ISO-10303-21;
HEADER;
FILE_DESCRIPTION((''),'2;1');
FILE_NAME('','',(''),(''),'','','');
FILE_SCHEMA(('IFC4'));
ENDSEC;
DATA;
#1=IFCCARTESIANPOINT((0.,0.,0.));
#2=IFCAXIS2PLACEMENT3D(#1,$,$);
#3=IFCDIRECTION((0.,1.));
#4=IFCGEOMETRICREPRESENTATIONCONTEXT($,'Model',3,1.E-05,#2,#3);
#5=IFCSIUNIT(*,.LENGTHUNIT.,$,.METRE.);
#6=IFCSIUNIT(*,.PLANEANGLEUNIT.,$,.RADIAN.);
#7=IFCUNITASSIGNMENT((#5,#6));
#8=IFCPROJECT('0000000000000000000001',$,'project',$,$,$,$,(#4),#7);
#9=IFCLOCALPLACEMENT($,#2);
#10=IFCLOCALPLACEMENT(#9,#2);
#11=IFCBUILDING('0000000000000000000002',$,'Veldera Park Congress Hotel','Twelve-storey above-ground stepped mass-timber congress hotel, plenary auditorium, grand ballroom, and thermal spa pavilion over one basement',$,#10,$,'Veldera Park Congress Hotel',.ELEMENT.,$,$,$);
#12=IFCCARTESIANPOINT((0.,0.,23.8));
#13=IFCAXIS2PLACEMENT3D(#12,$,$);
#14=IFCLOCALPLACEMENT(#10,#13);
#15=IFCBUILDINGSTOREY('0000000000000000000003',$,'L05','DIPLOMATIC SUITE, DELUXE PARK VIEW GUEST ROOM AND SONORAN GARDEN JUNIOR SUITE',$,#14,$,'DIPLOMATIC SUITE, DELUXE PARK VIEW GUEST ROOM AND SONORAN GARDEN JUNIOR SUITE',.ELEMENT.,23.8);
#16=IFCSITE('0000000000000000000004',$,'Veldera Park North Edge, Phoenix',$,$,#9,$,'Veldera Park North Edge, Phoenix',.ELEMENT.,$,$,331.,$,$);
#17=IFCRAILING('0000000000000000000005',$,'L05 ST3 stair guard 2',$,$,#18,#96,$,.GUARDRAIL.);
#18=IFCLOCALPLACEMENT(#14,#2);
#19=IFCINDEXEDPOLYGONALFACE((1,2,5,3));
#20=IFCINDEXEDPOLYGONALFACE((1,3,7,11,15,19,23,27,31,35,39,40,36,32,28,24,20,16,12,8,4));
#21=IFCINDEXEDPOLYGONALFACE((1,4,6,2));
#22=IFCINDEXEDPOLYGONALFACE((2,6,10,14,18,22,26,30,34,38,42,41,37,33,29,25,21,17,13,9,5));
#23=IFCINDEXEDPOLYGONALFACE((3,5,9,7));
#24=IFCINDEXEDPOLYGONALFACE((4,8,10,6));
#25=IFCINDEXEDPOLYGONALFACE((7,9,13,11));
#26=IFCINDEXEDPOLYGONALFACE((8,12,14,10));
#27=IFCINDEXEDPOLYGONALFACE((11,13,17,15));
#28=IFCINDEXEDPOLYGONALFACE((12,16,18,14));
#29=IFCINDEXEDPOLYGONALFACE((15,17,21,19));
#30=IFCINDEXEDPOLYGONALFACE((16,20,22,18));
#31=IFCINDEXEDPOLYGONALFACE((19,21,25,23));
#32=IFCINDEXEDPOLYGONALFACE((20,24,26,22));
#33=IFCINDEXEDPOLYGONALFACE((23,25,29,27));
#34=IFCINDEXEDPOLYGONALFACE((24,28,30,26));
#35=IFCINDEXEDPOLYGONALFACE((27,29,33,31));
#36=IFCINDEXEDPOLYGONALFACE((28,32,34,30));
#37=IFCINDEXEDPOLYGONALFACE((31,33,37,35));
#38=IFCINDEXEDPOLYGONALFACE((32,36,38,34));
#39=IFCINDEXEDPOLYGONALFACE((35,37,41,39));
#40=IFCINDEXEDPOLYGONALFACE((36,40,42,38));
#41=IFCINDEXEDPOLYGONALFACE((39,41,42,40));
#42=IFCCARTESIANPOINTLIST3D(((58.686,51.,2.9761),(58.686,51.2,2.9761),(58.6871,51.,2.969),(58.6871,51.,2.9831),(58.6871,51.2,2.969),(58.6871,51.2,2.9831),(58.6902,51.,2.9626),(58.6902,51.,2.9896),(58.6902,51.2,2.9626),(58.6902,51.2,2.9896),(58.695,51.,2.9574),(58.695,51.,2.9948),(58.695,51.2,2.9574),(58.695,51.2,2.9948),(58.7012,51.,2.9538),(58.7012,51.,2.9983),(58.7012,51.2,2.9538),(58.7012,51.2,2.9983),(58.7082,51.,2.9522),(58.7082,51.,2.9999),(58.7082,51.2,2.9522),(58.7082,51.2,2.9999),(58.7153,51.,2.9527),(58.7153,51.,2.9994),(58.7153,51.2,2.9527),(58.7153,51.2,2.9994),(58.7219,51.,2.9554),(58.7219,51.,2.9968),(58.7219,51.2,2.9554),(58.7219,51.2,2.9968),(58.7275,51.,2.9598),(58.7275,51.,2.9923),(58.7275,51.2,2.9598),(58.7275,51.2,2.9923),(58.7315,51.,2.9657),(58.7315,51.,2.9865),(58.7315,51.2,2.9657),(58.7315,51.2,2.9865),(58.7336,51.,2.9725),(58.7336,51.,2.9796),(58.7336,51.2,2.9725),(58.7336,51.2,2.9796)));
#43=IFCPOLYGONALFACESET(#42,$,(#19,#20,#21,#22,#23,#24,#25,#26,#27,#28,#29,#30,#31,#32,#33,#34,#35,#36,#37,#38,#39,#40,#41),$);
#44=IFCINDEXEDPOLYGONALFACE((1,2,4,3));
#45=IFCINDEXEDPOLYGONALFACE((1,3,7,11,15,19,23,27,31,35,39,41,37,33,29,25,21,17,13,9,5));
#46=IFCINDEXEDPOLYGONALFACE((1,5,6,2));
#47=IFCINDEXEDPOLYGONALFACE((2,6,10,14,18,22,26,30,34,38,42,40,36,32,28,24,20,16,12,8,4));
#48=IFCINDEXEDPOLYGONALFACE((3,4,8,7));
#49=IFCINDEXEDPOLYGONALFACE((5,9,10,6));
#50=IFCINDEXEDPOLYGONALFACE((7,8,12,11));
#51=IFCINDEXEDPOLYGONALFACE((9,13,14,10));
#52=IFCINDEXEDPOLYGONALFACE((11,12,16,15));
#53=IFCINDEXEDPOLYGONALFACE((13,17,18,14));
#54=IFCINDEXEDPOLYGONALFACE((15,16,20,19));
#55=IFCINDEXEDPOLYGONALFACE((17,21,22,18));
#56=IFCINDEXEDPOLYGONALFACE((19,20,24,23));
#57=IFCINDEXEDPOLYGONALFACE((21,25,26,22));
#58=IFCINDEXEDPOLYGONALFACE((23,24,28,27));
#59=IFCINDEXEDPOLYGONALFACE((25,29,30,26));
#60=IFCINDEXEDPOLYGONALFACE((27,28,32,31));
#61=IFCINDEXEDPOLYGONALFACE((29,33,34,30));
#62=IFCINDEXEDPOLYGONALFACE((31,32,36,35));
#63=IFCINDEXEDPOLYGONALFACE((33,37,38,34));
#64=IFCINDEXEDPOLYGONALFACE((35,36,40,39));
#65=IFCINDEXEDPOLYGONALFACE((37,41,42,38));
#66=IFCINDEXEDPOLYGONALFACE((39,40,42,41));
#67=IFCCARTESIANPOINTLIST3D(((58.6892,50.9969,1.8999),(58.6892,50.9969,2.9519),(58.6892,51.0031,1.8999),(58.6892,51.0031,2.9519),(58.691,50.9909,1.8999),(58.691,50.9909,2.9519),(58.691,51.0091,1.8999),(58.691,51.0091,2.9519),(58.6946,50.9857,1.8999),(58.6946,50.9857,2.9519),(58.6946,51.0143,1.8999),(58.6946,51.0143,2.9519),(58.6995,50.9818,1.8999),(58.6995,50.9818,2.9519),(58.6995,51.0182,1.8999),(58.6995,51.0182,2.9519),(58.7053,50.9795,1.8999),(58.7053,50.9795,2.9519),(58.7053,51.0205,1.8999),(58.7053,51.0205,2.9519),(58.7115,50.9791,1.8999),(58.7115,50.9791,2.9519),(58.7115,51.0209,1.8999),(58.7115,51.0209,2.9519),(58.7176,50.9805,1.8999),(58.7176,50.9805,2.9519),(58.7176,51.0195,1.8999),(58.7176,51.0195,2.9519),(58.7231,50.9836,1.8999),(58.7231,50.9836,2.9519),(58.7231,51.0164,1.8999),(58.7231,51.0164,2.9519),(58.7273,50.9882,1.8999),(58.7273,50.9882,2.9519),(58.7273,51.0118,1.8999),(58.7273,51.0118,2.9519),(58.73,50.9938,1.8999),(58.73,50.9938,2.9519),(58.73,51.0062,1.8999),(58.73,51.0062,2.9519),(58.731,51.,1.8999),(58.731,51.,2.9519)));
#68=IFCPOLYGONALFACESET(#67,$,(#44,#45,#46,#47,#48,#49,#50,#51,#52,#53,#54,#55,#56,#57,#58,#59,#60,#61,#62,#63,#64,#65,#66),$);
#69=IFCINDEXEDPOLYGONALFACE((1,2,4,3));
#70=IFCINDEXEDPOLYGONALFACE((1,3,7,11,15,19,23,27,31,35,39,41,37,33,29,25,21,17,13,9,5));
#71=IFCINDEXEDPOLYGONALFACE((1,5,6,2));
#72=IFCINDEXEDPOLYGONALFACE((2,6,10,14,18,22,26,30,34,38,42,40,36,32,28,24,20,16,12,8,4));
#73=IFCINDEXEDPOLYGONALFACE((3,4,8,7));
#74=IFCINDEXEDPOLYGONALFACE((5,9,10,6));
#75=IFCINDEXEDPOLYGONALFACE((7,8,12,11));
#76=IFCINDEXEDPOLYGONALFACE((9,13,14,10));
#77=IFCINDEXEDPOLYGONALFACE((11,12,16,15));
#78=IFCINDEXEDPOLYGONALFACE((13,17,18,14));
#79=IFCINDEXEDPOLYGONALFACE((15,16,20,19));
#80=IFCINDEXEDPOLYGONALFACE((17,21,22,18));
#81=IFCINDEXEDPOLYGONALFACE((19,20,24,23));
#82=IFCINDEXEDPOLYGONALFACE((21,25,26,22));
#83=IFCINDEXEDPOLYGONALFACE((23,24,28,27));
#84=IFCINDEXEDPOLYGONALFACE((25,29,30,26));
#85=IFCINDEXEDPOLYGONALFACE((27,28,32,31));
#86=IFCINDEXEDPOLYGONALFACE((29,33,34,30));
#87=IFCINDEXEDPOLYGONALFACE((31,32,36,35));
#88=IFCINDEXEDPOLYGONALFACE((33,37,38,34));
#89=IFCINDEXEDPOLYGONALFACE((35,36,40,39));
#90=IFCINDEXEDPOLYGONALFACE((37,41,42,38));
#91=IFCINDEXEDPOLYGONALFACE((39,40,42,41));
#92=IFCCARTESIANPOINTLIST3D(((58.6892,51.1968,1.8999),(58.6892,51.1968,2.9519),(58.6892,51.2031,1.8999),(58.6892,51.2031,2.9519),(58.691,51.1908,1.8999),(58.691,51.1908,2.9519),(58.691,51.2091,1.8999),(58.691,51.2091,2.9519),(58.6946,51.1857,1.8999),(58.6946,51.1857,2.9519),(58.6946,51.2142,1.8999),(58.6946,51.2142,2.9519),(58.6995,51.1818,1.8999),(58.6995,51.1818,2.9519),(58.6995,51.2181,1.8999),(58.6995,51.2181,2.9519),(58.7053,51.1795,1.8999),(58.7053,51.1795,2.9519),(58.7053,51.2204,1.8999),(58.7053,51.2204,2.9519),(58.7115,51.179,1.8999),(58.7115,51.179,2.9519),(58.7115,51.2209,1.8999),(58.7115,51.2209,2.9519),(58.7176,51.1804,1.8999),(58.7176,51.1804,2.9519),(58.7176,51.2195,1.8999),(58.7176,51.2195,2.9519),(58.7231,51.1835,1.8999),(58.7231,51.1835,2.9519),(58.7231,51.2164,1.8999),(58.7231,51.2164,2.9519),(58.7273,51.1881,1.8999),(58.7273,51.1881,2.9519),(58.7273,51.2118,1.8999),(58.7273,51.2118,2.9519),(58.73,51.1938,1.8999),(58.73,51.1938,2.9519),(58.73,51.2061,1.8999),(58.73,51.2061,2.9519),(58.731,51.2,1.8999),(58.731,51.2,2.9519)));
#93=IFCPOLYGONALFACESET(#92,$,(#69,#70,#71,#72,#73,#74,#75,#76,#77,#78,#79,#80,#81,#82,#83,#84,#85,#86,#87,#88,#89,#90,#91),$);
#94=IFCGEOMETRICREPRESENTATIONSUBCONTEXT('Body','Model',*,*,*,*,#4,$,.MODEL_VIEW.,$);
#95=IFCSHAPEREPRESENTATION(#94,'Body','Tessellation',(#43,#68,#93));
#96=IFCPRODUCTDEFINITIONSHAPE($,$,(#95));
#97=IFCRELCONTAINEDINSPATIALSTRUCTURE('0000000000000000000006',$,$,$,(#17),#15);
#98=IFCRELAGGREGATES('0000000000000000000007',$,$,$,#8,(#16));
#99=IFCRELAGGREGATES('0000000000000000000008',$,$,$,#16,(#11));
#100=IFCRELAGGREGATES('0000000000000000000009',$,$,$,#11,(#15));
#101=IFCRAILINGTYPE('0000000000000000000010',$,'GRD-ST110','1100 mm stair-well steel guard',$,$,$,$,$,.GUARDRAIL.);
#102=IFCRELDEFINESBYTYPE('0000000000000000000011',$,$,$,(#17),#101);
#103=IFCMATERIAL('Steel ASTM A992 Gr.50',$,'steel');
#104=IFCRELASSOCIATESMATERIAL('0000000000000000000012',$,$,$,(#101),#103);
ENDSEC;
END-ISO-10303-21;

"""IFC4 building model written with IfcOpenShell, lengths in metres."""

from ifc_helpers import new_model, si_unit, direction, frame, origin, origin_2d, place, context, subcontext, project, spatial, circle, extrude, material, type_object, element, save


model = new_model("IFC4")

# Units and contexts
model_context = context("Model", 3, precision=1e-05, world=origin(), true_north=direction((0.0, 1.0)))
body_context = subcontext(model_context, "Body", "Model", "MODEL_VIEW")
ifc_project = project(units=[si_unit("LENGTHUNIT", "METRE"), si_unit("PLANEANGLEUNIT", "RADIAN")], contexts=[model_context])

# Site, building, storey
site_placement = place(None, origin())
site = spatial("IfcSite", under=ifc_project, at=site_placement, Name="Veldera Park North Edge, Phoenix", LongName="Veldera Park North Edge, Phoenix", CompositionType="ELEMENT", RefElevation=331.0)
building_placement = place(site_placement, origin())
building = spatial("IfcBuilding", under=site, at=building_placement, Name="Veldera Park Congress Hotel", Description="Twelve-storey above-ground stepped mass-timber congress hotel, plenary auditorium, grand ballroom, and thermal spa pavilion over one basement", LongName="Veldera Park Congress Hotel", CompositionType="ELEMENT")
storey_placement = place(building_placement, frame((0.0, 0.0, 23.8)))
storey = spatial("IfcBuildingStorey", under=building, at=storey_placement, Name="L05", Description="DIPLOMATIC SUITE, DELUXE PARK VIEW GUEST ROOM AND SONORAN GARDEN JUNIOR SUITE", LongName="DIPLOMATIC SUITE, DELUXE PARK VIEW GUEST ROOM AND SONORAN GARDEN JUNIOR SUITE", CompositionType="ELEMENT", Elevation=23.8)

# Railing
ifc_material_1 = material(Name="Steel ASTM A992 Gr.50", Category="steel")
railing_type_1 = type_object("IfcRailingType", Name="GRD-ST110", Description="1100 mm stair-well steel guard", PredefinedType="GUARDRAIL", material=ifc_material_1)
railing_1_placement = place(storey_placement, frame((58.71, 51.0, 1.8999)))
element("IfcRailing", 1, at=railing_1_placement, inside=storey, type_object=railing_type_1, Name="L05 ST3 stair guard 2", PredefinedType="GUARDRAIL", context=body_context, shape_type="SweptSolid", body=[
    extrude(circle(Radius=0.0239, at=origin_2d()), frame((0.0, 0.0, 1.0762), z_axis=(0.0, 1.0, 0.0), x_axis=(-1.0, 0.0, 0.0)), (0.0, 0.0, 1.0), 0.2),
    extrude(circle(Radius=0.021, at=origin_2d()), origin(), (0.0, 0.0, 1.0), 1.052),
    extrude(circle(Radius=0.021, at=origin_2d()), frame((0.0, 0.2, 0.0)), (0.0, 0.0, 1.0), 1.052),
])

save(model, "model.ifc")
